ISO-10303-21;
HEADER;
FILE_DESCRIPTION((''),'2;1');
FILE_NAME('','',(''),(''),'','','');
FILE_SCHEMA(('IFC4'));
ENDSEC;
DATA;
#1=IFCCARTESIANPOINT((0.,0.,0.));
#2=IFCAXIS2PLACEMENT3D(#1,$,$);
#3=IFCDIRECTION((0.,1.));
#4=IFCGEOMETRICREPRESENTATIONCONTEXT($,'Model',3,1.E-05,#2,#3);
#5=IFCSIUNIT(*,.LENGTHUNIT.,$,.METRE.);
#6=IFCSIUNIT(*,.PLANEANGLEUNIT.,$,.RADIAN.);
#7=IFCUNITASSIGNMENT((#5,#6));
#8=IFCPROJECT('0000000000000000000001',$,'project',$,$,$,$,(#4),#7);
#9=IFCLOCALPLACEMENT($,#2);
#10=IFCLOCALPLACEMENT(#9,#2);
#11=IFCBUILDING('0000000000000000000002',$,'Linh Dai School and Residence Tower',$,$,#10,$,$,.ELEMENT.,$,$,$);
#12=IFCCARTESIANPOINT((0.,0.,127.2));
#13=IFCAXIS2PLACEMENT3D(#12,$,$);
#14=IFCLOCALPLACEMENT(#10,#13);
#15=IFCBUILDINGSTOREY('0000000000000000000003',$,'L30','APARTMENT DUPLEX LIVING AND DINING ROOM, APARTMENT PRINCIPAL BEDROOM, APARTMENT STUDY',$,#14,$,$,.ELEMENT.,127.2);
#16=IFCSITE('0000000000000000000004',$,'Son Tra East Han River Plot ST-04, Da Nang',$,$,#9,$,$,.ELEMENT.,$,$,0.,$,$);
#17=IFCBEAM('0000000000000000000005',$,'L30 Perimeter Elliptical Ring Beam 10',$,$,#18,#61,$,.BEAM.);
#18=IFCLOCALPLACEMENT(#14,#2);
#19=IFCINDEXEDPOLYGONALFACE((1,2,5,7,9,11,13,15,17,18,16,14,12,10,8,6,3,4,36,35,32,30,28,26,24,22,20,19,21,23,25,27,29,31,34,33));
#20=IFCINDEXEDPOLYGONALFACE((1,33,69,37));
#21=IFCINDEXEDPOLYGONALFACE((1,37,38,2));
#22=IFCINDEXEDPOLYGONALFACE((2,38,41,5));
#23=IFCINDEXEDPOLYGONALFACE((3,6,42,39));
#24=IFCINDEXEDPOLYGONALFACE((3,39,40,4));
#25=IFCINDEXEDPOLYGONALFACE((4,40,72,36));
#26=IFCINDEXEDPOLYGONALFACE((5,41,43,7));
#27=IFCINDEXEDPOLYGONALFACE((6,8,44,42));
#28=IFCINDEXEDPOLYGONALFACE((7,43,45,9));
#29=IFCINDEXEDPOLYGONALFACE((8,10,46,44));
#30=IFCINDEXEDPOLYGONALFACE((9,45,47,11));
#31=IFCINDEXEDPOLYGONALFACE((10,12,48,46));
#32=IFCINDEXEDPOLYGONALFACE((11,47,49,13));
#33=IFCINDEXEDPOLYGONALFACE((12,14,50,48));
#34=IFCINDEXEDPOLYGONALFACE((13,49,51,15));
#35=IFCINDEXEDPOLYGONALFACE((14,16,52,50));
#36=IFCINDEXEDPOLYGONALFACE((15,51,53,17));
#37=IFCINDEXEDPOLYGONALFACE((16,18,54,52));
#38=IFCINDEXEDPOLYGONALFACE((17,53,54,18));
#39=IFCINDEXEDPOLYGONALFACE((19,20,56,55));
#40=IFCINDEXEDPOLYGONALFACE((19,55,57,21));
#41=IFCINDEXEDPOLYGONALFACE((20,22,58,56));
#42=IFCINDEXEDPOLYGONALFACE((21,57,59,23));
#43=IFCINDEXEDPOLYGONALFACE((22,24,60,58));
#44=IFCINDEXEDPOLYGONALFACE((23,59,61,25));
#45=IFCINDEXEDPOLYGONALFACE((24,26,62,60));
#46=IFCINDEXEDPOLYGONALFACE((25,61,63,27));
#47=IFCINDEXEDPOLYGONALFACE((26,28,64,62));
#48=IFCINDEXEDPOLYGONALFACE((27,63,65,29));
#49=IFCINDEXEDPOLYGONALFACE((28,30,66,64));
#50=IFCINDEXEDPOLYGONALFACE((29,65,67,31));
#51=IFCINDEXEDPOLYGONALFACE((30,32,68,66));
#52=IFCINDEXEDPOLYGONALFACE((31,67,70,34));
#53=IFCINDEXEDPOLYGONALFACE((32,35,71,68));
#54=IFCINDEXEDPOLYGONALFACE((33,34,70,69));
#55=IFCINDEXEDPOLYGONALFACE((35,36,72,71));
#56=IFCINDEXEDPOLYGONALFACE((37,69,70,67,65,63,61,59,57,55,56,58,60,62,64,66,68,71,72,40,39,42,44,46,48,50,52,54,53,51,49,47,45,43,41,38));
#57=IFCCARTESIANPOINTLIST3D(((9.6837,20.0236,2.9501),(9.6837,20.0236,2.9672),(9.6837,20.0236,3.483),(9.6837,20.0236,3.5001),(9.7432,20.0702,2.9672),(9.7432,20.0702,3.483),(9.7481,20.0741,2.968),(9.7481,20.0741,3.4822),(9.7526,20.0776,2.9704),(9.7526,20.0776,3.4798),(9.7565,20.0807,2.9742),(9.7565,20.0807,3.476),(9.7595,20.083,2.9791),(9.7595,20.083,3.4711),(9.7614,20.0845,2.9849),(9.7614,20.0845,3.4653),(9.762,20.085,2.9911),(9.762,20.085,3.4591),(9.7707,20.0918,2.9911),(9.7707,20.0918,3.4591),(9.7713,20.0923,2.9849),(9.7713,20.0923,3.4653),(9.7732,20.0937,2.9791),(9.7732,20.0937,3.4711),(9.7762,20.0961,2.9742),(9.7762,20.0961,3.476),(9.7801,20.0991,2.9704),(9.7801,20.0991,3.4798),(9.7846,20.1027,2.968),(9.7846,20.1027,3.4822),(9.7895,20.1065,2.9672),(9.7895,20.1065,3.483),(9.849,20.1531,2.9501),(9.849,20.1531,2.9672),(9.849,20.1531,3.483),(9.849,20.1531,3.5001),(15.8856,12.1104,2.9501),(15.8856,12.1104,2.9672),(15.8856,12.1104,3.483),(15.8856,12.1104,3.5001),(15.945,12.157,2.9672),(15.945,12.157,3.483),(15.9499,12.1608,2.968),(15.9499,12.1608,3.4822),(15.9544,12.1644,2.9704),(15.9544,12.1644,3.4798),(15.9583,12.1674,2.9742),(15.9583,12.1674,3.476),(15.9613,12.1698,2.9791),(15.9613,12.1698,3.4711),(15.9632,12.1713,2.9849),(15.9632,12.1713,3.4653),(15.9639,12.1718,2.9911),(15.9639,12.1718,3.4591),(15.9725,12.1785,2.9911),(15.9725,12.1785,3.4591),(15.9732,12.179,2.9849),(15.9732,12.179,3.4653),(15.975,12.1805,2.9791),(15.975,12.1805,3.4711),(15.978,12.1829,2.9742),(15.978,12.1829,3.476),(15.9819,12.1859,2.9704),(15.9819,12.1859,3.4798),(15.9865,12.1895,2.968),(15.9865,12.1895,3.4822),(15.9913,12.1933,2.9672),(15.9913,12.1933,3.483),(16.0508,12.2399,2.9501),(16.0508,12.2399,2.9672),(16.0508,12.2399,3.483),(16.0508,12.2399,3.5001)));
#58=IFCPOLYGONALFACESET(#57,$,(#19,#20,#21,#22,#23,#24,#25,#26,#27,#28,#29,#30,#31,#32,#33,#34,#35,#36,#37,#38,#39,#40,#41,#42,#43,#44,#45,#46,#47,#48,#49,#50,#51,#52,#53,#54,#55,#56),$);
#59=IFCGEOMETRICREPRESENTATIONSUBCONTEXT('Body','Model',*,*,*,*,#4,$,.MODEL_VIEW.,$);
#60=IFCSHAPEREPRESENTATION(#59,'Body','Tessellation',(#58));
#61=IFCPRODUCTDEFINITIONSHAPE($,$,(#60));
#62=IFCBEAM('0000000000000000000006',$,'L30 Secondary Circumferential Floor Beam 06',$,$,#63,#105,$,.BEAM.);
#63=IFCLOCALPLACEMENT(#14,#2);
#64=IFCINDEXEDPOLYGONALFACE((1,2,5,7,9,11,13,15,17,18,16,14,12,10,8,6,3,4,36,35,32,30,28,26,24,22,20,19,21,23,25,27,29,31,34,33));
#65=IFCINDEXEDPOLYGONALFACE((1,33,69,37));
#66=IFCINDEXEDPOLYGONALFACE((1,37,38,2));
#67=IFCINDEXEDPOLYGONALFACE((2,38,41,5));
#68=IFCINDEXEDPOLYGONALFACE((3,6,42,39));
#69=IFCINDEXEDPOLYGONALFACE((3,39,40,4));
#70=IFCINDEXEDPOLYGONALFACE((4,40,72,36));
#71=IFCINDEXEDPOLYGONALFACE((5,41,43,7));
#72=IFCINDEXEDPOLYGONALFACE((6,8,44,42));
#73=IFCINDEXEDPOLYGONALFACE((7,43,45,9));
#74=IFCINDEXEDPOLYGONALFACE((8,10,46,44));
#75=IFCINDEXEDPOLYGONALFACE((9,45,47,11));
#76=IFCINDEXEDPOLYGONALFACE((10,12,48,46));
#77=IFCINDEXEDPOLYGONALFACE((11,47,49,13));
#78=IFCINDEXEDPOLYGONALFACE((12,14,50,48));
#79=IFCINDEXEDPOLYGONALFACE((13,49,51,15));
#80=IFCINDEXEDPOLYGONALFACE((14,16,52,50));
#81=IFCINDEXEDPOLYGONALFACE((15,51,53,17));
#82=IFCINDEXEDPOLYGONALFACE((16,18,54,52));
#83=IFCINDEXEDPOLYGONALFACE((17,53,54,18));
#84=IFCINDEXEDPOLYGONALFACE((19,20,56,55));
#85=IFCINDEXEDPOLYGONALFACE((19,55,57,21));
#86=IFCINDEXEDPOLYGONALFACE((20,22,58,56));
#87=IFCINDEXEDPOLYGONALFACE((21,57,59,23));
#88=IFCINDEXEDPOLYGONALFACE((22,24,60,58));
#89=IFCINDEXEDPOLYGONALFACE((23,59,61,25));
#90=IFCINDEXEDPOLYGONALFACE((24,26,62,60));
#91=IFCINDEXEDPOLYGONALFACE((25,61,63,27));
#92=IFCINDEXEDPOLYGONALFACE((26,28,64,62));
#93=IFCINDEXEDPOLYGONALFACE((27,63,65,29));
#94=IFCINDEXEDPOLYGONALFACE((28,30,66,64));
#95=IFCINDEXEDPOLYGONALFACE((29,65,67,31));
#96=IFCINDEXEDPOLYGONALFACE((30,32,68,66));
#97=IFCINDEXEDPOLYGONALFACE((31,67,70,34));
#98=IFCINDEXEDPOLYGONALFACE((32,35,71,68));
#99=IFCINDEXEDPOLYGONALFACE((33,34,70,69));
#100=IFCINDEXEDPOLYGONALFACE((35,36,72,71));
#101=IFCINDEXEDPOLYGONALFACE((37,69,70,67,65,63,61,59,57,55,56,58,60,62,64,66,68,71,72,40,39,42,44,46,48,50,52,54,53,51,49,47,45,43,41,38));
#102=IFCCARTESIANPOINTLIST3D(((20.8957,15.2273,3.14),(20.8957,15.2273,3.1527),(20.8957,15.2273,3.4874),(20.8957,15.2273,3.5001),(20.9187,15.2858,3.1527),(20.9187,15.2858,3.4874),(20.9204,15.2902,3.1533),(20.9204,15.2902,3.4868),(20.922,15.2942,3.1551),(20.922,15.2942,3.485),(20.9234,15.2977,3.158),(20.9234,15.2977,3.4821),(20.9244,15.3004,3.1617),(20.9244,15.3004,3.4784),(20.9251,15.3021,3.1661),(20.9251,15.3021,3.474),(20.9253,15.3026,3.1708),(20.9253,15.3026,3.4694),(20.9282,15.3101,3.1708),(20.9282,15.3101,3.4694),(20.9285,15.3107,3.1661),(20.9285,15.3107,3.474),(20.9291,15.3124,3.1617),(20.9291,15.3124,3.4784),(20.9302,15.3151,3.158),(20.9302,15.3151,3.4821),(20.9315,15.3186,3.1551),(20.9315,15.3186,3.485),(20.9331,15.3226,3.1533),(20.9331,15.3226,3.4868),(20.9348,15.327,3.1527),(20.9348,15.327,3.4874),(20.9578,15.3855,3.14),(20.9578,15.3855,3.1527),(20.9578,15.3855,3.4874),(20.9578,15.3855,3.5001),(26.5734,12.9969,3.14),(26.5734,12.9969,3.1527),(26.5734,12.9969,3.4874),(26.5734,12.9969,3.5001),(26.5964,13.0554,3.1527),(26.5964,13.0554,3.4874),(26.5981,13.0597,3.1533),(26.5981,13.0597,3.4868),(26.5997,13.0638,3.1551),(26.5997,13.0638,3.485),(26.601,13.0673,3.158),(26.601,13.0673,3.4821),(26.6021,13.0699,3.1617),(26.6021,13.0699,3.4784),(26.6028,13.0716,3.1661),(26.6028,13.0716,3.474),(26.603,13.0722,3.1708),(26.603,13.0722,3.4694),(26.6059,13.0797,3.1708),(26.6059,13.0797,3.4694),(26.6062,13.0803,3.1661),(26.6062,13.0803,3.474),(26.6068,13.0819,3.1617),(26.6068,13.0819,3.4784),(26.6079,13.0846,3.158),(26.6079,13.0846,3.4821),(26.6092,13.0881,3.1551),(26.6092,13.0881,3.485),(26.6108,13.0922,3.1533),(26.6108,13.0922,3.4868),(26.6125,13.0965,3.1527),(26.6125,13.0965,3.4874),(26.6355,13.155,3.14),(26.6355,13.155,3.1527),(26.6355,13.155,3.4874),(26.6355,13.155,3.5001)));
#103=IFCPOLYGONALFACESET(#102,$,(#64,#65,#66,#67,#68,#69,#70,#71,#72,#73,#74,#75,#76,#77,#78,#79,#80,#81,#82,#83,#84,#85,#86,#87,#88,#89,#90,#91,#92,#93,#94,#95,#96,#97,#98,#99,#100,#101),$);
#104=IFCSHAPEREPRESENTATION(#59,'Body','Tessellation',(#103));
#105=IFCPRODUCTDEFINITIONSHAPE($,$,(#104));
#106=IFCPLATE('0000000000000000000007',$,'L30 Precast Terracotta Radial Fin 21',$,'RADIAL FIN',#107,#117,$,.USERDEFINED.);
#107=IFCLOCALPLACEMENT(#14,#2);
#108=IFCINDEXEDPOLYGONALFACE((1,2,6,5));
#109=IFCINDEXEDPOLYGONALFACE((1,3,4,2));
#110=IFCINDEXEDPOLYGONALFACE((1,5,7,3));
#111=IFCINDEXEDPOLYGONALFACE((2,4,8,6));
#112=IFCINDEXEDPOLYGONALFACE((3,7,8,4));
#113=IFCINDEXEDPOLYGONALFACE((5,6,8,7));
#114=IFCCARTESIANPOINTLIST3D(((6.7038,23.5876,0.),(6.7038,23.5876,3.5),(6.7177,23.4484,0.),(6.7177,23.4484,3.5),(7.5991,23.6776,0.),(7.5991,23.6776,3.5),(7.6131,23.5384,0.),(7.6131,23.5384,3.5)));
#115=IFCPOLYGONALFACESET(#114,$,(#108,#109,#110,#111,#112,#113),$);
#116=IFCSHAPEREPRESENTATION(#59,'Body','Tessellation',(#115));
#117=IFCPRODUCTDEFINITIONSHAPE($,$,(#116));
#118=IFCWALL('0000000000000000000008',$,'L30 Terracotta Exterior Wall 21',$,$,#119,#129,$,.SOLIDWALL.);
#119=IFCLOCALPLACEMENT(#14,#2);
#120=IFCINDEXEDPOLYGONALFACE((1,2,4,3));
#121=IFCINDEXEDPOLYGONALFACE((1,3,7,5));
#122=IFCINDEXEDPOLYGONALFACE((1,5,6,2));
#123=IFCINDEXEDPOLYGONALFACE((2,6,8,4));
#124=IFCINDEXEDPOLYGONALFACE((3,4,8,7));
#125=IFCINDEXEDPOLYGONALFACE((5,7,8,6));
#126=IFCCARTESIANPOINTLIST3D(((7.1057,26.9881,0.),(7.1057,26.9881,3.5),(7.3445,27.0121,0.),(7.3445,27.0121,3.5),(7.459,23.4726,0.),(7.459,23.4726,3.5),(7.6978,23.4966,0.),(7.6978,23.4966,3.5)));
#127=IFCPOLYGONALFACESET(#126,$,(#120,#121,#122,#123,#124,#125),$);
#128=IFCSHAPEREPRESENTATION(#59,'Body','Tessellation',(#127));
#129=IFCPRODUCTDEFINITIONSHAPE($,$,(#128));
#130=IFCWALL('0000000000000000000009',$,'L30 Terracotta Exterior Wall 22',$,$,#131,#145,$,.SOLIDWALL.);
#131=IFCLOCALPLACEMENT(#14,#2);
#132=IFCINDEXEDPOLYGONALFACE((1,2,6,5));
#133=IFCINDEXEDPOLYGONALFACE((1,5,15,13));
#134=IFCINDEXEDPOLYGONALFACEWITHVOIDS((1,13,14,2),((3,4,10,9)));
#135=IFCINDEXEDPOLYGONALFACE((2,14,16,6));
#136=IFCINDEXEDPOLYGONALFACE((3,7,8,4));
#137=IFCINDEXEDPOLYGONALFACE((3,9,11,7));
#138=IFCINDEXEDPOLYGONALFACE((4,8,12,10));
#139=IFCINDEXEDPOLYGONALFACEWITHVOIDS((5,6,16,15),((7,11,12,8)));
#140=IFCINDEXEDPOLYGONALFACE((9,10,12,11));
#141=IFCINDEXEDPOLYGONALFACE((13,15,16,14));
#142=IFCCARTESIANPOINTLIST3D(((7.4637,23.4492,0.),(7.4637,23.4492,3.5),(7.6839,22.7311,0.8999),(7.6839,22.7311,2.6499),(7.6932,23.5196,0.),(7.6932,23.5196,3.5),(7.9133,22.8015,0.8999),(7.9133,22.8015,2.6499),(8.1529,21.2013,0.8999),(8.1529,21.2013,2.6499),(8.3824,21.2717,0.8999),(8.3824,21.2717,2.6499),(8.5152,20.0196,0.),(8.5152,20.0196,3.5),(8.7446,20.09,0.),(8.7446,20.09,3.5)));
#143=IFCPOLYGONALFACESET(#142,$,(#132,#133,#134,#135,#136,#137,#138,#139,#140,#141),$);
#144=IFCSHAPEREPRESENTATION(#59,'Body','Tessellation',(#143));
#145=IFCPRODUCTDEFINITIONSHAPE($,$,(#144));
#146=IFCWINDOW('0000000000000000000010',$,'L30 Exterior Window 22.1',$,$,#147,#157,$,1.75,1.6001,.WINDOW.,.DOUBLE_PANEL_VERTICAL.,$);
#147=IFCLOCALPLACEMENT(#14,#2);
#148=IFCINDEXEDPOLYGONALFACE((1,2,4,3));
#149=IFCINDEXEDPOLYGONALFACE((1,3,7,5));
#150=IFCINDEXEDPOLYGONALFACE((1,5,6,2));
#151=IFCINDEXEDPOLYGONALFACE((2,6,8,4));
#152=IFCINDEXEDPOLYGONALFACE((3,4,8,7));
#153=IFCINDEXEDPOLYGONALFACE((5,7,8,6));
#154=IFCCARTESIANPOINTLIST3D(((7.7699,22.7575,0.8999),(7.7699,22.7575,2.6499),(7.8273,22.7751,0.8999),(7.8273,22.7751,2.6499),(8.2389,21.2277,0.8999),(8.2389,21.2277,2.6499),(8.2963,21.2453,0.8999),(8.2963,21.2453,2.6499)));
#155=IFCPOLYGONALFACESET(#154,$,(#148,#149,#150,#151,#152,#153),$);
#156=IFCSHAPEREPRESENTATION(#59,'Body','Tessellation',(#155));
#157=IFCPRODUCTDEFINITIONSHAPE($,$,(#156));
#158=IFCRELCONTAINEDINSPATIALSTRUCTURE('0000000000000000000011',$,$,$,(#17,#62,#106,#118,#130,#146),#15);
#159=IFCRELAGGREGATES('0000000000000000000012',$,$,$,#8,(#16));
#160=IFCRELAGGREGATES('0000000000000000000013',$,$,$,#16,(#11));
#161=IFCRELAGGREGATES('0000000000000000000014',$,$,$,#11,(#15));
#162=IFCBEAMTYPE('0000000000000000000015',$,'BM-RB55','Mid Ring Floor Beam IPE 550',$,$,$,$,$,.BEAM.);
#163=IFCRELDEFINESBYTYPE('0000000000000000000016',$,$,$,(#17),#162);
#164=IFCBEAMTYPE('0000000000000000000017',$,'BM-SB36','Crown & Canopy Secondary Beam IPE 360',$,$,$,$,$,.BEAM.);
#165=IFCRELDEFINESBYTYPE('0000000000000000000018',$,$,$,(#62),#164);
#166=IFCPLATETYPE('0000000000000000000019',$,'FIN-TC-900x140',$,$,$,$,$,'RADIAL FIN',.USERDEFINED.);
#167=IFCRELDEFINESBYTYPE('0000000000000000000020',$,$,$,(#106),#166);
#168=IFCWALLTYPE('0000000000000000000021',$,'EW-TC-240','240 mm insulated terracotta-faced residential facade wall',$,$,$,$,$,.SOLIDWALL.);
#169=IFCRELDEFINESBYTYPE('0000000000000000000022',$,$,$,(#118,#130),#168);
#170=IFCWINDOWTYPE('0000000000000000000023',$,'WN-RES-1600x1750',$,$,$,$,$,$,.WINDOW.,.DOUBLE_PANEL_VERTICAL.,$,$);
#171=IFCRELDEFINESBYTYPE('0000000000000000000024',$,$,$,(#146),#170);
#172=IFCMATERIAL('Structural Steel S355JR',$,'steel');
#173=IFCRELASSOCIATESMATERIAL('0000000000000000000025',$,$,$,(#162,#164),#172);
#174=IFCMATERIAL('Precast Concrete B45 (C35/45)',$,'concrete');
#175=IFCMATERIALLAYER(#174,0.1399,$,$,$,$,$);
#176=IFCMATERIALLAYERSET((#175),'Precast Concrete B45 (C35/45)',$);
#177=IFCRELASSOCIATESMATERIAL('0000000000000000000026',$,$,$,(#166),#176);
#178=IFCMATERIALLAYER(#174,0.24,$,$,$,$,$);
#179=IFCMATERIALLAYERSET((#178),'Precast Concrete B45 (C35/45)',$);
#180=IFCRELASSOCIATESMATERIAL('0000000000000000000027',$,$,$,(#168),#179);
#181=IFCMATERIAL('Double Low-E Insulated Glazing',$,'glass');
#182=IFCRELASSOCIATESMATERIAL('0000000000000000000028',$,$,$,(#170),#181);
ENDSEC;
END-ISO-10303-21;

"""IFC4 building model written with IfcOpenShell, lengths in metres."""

from ifc_helpers import new_model, si_unit, direction, frame, frame_2d, origin, origin_2d, place, context, subcontext, project, spatial, rectangle, i_section, extrude, source, transform, mapped, material, layer, layer_set, material_profile, profile_set, type_object, element, fill, save


model = new_model("IFC4")

# Units and contexts
model_context = context("Model", 3, precision=1e-05, world=origin(), true_north=direction((0.0, 1.0)))
body_context = subcontext(model_context, "Body", "Model", "MODEL_VIEW")
ifc_project = project(units=[si_unit("LENGTHUNIT", "METRE"), si_unit("PLANEANGLEUNIT", "RADIAN")], contexts=[model_context])

# Site, building, storey
site_placement = place(None, origin())
site = spatial("IfcSite", under=ifc_project, at=site_placement, Name="Son Tra East Han River Plot ST-04, Da Nang", CompositionType="ELEMENT", RefElevation=0.0)
building_placement = place(site_placement, origin())
building = spatial("IfcBuilding", under=site, at=building_placement, Name="Linh Dai School and Residence Tower", CompositionType="ELEMENT")
storey_placement = place(building_placement, frame((0.0, 0.0, 127.2)))
storey = spatial("IfcBuildingStorey", under=building, at=storey_placement, Name="L30", Description="APARTMENT DUPLEX LIVING AND DINING ROOM, APARTMENT PRINCIPAL BEDROOM, APARTMENT STUDY", CompositionType="ELEMENT", Elevation=127.2)

# Shared definitions
ifc_material_1 = material(Name="Structural Steel S355JR", Category="steel")

# Beams
ifc_material_profile_1 = material_profile(ifc_material_1, i_section(OverallWidth=0.21, OverallDepth=0.55, WebThickness=0.011, FlangeThickness=0.0171, FilletRadius=0.0239, at=origin_2d()), Name="IPE 550")
ifc_profile_set_1 = profile_set([ifc_material_profile_1], Name="Structural Steel S355JR")
beam_type_1 = type_object("IfcBeamType", Name="BM-RB55", Description="Mid Ring Floor Beam IPE 550", PredefinedType="BEAM", material=ifc_profile_set_1)
beam_1_placement = place(storey_placement, frame((9.7664, 20.0884, 3.2251), z_axis=(0.616855, -0.787077, 0.0), x_axis=(0.787077, 0.616855, 0.0)))
element("IfcBeam", 1, at=beam_1_placement, inside=storey, type_object=beam_type_1, Name="L30 Perimeter Elliptical Ring Beam 10", PredefinedType="BEAM", context=body_context, shape_type="SweptSolid", body=[
    extrude(i_section(OverallWidth=0.21, OverallDepth=0.55, WebThickness=0.011, FlangeThickness=0.0171, FilletRadius=0.0239, at=origin_2d()), origin(), (0.0, 0.0, 1.0), 10.054),
])
ifc_material_profile_2 = material_profile(ifc_material_1, i_section(OverallWidth=0.1699, OverallDepth=0.3601, WebThickness=0.0081, FlangeThickness=0.0127, FilletRadius=0.0181, at=origin_2d()), Name="IPE 360")
ifc_profile_set_2 = profile_set([ifc_material_profile_2], Name="Structural Steel S355JR")
beam_type_2 = type_object("IfcBeamType", Name="BM-SB36", Description="Crown & Canopy Secondary Beam IPE 360", PredefinedType="BEAM", material=ifc_profile_set_2)
beam_2_placement = place(storey_placement, frame((20.9268, 15.3064, 3.3201), z_axis=(0.930755, -0.365642, 0.0), x_axis=(0.365642, 0.930755, 0.0)))
element("IfcBeam", 2, at=beam_2_placement, inside=storey, type_object=beam_type_2, Name="L30 Secondary Circumferential Floor Beam 06", PredefinedType="BEAM", context=body_context, shape_type="SweptSolid", body=[
    extrude(i_section(OverallWidth=0.1699, OverallDepth=0.3601, WebThickness=0.0081, FlangeThickness=0.0127, FilletRadius=0.0181, at=origin_2d()), origin(), (0.0, 0.0, 1.0), 6.1001),
])

# Plate
ifc_material_2 = material(Name="Precast Concrete B45 (C35/45)", Category="concrete")
ifc_layer_1 = layer(ifc_material_2, 0.1399)
ifc_layer_set_1 = layer_set([ifc_layer_1], Name="Precast Concrete B45 (C35/45)")
plate_type = type_object("IfcPlateType", Name="FIN-TC-900x140", ElementType="RADIAL FIN", PredefinedType="USERDEFINED", material=ifc_layer_set_1)
shared_shape_1 = source(origin(), body_context, "Body", "SweptSolid", [
    extrude(rectangle(XDim=0.8999, YDim=0.1399, at=origin_2d()), origin(), (0.0, 0.0, 1.0), 3.5),
])
plate_placement = place(storey_placement, frame((7.1584, 23.563, 0.0), z_axis=(0.0, 0.0, 1.0), x_axis=(-0.994987, -0.100007, 0.0)))
element("IfcPlate", 3, at=plate_placement, inside=storey, type_object=plate_type, Name="L30 Precast Terracotta Radial Fin 21", ObjectType="RADIAL FIN", PredefinedType="USERDEFINED", context=body_context, shape_type="MappedRepresentation", body=[
    mapped(shared_shape_1, transform((0.0, 0.0, 0.0), x_axis=(1.0, 0.0, 0.0), y_axis=(0.0, 1.0, 0.0), z_axis=(0.0, 0.0, 1.0), scale=1.0)),
])

# Wall
ifc_layer_2 = layer(ifc_material_2, 0.24)
ifc_layer_set_2 = layer_set([ifc_layer_2], Name="Precast Concrete B45 (C35/45)")
wall_type_1 = type_object("IfcWallType", Name="EW-TC-240", Description="240 mm insulated terracotta-faced residential facade wall", PredefinedType="SOLIDWALL", material=ifc_layer_set_2)
wall_1_placement = place(storey_placement, frame((7.5784, 23.4846, 0.0), z_axis=(0.0, 0.0, 1.0), x_axis=(-0.099989, 0.994988, 0.0)))
element("IfcWall", 4, at=wall_1_placement, inside=storey, type_object=wall_type_1, Name="L30 Terracotta Exterior Wall 21", PredefinedType="SOLIDWALL", context=body_context, shape_type="SweptSolid", body=[
    extrude(rectangle(XDim=3.5332, YDim=0.24, at=frame_2d((1.7666, 0.0))), origin(), (0.0, 0.0, 1.0), 3.5),
])

# Wall, opening, window
wall_2_placement = place(storey_placement, frame((8.6299, 20.0549, 0.0), z_axis=(0.0, 0.0, 1.0), x_axis=(-0.293124, 0.956074, 0.0)))
wall_2 = element("IfcWall", 5, at=wall_2_placement, inside=storey, type_object=wall_type_1, Name="L30 Terracotta Exterior Wall 22", PredefinedType="SOLIDWALL", context=body_context, shape_type="SweptSolid", body=[
    extrude(rectangle(XDim=3.5872, YDim=0.24, at=frame_2d((1.7935, 0.0))), origin(), (0.0, 0.0, 1.0), 3.5),
])
opening_1_placement = place(wall_2_placement, frame((1.2358, 0.0, 0.8999)))
opening_1 = element("IfcOpeningElement", 6, at=opening_1_placement, cuts=wall_2, PredefinedType="OPENING", context=body_context, shape_type="SweptSolid", body=[
    extrude(rectangle(XDim=1.6001, YDim=1.75, at=origin_2d()), frame((0.8, 0.1299, 0.875), z_axis=(0.0, -1.0, 0.0), x_axis=(1.0, 0.0, 0.0)), (0.0, 0.0, 1.0), 0.26),
])
ifc_material_3 = material(Name="Double Low-E Insulated Glazing", Category="glass")
window_type_1 = type_object("IfcWindowType", Name="WN-RES-1600x1750", PartitioningType="DOUBLE_PANEL_VERTICAL", PredefinedType="WINDOW", material=ifc_material_3)
shared_shape_2 = source(origin(), body_context, "Body", "SweptSolid", [
    extrude(rectangle(XDim=1.6001, YDim=1.75, at=origin_2d()), frame((0.8, 0.03, 0.875), z_axis=(0.0, -1.0, 0.0), x_axis=(1.0, 0.0, 0.0)), (0.0, 0.0, 1.0), 0.0601),
])
window_1_placement = place(opening_1_placement, origin())
window_1 = element("IfcWindow", 7, at=window_1_placement, inside=storey, type_object=window_type_1, Name="L30 Exterior Window 22.1", OverallHeight=1.75, OverallWidth=1.6001, PartitioningType="DOUBLE_PANEL_VERTICAL", PredefinedType="WINDOW", context=body_context, shape_type="MappedRepresentation", body=[
    mapped(shared_shape_2, transform((0.0, 0.0, 0.0), x_axis=(1.0, 0.0, 0.0), y_axis=(0.0, 1.0, 0.0), z_axis=(0.0, 0.0, 1.0), scale=1.0)),
])
fill(opening_1, window_1)

save(model, "model.ifc")
